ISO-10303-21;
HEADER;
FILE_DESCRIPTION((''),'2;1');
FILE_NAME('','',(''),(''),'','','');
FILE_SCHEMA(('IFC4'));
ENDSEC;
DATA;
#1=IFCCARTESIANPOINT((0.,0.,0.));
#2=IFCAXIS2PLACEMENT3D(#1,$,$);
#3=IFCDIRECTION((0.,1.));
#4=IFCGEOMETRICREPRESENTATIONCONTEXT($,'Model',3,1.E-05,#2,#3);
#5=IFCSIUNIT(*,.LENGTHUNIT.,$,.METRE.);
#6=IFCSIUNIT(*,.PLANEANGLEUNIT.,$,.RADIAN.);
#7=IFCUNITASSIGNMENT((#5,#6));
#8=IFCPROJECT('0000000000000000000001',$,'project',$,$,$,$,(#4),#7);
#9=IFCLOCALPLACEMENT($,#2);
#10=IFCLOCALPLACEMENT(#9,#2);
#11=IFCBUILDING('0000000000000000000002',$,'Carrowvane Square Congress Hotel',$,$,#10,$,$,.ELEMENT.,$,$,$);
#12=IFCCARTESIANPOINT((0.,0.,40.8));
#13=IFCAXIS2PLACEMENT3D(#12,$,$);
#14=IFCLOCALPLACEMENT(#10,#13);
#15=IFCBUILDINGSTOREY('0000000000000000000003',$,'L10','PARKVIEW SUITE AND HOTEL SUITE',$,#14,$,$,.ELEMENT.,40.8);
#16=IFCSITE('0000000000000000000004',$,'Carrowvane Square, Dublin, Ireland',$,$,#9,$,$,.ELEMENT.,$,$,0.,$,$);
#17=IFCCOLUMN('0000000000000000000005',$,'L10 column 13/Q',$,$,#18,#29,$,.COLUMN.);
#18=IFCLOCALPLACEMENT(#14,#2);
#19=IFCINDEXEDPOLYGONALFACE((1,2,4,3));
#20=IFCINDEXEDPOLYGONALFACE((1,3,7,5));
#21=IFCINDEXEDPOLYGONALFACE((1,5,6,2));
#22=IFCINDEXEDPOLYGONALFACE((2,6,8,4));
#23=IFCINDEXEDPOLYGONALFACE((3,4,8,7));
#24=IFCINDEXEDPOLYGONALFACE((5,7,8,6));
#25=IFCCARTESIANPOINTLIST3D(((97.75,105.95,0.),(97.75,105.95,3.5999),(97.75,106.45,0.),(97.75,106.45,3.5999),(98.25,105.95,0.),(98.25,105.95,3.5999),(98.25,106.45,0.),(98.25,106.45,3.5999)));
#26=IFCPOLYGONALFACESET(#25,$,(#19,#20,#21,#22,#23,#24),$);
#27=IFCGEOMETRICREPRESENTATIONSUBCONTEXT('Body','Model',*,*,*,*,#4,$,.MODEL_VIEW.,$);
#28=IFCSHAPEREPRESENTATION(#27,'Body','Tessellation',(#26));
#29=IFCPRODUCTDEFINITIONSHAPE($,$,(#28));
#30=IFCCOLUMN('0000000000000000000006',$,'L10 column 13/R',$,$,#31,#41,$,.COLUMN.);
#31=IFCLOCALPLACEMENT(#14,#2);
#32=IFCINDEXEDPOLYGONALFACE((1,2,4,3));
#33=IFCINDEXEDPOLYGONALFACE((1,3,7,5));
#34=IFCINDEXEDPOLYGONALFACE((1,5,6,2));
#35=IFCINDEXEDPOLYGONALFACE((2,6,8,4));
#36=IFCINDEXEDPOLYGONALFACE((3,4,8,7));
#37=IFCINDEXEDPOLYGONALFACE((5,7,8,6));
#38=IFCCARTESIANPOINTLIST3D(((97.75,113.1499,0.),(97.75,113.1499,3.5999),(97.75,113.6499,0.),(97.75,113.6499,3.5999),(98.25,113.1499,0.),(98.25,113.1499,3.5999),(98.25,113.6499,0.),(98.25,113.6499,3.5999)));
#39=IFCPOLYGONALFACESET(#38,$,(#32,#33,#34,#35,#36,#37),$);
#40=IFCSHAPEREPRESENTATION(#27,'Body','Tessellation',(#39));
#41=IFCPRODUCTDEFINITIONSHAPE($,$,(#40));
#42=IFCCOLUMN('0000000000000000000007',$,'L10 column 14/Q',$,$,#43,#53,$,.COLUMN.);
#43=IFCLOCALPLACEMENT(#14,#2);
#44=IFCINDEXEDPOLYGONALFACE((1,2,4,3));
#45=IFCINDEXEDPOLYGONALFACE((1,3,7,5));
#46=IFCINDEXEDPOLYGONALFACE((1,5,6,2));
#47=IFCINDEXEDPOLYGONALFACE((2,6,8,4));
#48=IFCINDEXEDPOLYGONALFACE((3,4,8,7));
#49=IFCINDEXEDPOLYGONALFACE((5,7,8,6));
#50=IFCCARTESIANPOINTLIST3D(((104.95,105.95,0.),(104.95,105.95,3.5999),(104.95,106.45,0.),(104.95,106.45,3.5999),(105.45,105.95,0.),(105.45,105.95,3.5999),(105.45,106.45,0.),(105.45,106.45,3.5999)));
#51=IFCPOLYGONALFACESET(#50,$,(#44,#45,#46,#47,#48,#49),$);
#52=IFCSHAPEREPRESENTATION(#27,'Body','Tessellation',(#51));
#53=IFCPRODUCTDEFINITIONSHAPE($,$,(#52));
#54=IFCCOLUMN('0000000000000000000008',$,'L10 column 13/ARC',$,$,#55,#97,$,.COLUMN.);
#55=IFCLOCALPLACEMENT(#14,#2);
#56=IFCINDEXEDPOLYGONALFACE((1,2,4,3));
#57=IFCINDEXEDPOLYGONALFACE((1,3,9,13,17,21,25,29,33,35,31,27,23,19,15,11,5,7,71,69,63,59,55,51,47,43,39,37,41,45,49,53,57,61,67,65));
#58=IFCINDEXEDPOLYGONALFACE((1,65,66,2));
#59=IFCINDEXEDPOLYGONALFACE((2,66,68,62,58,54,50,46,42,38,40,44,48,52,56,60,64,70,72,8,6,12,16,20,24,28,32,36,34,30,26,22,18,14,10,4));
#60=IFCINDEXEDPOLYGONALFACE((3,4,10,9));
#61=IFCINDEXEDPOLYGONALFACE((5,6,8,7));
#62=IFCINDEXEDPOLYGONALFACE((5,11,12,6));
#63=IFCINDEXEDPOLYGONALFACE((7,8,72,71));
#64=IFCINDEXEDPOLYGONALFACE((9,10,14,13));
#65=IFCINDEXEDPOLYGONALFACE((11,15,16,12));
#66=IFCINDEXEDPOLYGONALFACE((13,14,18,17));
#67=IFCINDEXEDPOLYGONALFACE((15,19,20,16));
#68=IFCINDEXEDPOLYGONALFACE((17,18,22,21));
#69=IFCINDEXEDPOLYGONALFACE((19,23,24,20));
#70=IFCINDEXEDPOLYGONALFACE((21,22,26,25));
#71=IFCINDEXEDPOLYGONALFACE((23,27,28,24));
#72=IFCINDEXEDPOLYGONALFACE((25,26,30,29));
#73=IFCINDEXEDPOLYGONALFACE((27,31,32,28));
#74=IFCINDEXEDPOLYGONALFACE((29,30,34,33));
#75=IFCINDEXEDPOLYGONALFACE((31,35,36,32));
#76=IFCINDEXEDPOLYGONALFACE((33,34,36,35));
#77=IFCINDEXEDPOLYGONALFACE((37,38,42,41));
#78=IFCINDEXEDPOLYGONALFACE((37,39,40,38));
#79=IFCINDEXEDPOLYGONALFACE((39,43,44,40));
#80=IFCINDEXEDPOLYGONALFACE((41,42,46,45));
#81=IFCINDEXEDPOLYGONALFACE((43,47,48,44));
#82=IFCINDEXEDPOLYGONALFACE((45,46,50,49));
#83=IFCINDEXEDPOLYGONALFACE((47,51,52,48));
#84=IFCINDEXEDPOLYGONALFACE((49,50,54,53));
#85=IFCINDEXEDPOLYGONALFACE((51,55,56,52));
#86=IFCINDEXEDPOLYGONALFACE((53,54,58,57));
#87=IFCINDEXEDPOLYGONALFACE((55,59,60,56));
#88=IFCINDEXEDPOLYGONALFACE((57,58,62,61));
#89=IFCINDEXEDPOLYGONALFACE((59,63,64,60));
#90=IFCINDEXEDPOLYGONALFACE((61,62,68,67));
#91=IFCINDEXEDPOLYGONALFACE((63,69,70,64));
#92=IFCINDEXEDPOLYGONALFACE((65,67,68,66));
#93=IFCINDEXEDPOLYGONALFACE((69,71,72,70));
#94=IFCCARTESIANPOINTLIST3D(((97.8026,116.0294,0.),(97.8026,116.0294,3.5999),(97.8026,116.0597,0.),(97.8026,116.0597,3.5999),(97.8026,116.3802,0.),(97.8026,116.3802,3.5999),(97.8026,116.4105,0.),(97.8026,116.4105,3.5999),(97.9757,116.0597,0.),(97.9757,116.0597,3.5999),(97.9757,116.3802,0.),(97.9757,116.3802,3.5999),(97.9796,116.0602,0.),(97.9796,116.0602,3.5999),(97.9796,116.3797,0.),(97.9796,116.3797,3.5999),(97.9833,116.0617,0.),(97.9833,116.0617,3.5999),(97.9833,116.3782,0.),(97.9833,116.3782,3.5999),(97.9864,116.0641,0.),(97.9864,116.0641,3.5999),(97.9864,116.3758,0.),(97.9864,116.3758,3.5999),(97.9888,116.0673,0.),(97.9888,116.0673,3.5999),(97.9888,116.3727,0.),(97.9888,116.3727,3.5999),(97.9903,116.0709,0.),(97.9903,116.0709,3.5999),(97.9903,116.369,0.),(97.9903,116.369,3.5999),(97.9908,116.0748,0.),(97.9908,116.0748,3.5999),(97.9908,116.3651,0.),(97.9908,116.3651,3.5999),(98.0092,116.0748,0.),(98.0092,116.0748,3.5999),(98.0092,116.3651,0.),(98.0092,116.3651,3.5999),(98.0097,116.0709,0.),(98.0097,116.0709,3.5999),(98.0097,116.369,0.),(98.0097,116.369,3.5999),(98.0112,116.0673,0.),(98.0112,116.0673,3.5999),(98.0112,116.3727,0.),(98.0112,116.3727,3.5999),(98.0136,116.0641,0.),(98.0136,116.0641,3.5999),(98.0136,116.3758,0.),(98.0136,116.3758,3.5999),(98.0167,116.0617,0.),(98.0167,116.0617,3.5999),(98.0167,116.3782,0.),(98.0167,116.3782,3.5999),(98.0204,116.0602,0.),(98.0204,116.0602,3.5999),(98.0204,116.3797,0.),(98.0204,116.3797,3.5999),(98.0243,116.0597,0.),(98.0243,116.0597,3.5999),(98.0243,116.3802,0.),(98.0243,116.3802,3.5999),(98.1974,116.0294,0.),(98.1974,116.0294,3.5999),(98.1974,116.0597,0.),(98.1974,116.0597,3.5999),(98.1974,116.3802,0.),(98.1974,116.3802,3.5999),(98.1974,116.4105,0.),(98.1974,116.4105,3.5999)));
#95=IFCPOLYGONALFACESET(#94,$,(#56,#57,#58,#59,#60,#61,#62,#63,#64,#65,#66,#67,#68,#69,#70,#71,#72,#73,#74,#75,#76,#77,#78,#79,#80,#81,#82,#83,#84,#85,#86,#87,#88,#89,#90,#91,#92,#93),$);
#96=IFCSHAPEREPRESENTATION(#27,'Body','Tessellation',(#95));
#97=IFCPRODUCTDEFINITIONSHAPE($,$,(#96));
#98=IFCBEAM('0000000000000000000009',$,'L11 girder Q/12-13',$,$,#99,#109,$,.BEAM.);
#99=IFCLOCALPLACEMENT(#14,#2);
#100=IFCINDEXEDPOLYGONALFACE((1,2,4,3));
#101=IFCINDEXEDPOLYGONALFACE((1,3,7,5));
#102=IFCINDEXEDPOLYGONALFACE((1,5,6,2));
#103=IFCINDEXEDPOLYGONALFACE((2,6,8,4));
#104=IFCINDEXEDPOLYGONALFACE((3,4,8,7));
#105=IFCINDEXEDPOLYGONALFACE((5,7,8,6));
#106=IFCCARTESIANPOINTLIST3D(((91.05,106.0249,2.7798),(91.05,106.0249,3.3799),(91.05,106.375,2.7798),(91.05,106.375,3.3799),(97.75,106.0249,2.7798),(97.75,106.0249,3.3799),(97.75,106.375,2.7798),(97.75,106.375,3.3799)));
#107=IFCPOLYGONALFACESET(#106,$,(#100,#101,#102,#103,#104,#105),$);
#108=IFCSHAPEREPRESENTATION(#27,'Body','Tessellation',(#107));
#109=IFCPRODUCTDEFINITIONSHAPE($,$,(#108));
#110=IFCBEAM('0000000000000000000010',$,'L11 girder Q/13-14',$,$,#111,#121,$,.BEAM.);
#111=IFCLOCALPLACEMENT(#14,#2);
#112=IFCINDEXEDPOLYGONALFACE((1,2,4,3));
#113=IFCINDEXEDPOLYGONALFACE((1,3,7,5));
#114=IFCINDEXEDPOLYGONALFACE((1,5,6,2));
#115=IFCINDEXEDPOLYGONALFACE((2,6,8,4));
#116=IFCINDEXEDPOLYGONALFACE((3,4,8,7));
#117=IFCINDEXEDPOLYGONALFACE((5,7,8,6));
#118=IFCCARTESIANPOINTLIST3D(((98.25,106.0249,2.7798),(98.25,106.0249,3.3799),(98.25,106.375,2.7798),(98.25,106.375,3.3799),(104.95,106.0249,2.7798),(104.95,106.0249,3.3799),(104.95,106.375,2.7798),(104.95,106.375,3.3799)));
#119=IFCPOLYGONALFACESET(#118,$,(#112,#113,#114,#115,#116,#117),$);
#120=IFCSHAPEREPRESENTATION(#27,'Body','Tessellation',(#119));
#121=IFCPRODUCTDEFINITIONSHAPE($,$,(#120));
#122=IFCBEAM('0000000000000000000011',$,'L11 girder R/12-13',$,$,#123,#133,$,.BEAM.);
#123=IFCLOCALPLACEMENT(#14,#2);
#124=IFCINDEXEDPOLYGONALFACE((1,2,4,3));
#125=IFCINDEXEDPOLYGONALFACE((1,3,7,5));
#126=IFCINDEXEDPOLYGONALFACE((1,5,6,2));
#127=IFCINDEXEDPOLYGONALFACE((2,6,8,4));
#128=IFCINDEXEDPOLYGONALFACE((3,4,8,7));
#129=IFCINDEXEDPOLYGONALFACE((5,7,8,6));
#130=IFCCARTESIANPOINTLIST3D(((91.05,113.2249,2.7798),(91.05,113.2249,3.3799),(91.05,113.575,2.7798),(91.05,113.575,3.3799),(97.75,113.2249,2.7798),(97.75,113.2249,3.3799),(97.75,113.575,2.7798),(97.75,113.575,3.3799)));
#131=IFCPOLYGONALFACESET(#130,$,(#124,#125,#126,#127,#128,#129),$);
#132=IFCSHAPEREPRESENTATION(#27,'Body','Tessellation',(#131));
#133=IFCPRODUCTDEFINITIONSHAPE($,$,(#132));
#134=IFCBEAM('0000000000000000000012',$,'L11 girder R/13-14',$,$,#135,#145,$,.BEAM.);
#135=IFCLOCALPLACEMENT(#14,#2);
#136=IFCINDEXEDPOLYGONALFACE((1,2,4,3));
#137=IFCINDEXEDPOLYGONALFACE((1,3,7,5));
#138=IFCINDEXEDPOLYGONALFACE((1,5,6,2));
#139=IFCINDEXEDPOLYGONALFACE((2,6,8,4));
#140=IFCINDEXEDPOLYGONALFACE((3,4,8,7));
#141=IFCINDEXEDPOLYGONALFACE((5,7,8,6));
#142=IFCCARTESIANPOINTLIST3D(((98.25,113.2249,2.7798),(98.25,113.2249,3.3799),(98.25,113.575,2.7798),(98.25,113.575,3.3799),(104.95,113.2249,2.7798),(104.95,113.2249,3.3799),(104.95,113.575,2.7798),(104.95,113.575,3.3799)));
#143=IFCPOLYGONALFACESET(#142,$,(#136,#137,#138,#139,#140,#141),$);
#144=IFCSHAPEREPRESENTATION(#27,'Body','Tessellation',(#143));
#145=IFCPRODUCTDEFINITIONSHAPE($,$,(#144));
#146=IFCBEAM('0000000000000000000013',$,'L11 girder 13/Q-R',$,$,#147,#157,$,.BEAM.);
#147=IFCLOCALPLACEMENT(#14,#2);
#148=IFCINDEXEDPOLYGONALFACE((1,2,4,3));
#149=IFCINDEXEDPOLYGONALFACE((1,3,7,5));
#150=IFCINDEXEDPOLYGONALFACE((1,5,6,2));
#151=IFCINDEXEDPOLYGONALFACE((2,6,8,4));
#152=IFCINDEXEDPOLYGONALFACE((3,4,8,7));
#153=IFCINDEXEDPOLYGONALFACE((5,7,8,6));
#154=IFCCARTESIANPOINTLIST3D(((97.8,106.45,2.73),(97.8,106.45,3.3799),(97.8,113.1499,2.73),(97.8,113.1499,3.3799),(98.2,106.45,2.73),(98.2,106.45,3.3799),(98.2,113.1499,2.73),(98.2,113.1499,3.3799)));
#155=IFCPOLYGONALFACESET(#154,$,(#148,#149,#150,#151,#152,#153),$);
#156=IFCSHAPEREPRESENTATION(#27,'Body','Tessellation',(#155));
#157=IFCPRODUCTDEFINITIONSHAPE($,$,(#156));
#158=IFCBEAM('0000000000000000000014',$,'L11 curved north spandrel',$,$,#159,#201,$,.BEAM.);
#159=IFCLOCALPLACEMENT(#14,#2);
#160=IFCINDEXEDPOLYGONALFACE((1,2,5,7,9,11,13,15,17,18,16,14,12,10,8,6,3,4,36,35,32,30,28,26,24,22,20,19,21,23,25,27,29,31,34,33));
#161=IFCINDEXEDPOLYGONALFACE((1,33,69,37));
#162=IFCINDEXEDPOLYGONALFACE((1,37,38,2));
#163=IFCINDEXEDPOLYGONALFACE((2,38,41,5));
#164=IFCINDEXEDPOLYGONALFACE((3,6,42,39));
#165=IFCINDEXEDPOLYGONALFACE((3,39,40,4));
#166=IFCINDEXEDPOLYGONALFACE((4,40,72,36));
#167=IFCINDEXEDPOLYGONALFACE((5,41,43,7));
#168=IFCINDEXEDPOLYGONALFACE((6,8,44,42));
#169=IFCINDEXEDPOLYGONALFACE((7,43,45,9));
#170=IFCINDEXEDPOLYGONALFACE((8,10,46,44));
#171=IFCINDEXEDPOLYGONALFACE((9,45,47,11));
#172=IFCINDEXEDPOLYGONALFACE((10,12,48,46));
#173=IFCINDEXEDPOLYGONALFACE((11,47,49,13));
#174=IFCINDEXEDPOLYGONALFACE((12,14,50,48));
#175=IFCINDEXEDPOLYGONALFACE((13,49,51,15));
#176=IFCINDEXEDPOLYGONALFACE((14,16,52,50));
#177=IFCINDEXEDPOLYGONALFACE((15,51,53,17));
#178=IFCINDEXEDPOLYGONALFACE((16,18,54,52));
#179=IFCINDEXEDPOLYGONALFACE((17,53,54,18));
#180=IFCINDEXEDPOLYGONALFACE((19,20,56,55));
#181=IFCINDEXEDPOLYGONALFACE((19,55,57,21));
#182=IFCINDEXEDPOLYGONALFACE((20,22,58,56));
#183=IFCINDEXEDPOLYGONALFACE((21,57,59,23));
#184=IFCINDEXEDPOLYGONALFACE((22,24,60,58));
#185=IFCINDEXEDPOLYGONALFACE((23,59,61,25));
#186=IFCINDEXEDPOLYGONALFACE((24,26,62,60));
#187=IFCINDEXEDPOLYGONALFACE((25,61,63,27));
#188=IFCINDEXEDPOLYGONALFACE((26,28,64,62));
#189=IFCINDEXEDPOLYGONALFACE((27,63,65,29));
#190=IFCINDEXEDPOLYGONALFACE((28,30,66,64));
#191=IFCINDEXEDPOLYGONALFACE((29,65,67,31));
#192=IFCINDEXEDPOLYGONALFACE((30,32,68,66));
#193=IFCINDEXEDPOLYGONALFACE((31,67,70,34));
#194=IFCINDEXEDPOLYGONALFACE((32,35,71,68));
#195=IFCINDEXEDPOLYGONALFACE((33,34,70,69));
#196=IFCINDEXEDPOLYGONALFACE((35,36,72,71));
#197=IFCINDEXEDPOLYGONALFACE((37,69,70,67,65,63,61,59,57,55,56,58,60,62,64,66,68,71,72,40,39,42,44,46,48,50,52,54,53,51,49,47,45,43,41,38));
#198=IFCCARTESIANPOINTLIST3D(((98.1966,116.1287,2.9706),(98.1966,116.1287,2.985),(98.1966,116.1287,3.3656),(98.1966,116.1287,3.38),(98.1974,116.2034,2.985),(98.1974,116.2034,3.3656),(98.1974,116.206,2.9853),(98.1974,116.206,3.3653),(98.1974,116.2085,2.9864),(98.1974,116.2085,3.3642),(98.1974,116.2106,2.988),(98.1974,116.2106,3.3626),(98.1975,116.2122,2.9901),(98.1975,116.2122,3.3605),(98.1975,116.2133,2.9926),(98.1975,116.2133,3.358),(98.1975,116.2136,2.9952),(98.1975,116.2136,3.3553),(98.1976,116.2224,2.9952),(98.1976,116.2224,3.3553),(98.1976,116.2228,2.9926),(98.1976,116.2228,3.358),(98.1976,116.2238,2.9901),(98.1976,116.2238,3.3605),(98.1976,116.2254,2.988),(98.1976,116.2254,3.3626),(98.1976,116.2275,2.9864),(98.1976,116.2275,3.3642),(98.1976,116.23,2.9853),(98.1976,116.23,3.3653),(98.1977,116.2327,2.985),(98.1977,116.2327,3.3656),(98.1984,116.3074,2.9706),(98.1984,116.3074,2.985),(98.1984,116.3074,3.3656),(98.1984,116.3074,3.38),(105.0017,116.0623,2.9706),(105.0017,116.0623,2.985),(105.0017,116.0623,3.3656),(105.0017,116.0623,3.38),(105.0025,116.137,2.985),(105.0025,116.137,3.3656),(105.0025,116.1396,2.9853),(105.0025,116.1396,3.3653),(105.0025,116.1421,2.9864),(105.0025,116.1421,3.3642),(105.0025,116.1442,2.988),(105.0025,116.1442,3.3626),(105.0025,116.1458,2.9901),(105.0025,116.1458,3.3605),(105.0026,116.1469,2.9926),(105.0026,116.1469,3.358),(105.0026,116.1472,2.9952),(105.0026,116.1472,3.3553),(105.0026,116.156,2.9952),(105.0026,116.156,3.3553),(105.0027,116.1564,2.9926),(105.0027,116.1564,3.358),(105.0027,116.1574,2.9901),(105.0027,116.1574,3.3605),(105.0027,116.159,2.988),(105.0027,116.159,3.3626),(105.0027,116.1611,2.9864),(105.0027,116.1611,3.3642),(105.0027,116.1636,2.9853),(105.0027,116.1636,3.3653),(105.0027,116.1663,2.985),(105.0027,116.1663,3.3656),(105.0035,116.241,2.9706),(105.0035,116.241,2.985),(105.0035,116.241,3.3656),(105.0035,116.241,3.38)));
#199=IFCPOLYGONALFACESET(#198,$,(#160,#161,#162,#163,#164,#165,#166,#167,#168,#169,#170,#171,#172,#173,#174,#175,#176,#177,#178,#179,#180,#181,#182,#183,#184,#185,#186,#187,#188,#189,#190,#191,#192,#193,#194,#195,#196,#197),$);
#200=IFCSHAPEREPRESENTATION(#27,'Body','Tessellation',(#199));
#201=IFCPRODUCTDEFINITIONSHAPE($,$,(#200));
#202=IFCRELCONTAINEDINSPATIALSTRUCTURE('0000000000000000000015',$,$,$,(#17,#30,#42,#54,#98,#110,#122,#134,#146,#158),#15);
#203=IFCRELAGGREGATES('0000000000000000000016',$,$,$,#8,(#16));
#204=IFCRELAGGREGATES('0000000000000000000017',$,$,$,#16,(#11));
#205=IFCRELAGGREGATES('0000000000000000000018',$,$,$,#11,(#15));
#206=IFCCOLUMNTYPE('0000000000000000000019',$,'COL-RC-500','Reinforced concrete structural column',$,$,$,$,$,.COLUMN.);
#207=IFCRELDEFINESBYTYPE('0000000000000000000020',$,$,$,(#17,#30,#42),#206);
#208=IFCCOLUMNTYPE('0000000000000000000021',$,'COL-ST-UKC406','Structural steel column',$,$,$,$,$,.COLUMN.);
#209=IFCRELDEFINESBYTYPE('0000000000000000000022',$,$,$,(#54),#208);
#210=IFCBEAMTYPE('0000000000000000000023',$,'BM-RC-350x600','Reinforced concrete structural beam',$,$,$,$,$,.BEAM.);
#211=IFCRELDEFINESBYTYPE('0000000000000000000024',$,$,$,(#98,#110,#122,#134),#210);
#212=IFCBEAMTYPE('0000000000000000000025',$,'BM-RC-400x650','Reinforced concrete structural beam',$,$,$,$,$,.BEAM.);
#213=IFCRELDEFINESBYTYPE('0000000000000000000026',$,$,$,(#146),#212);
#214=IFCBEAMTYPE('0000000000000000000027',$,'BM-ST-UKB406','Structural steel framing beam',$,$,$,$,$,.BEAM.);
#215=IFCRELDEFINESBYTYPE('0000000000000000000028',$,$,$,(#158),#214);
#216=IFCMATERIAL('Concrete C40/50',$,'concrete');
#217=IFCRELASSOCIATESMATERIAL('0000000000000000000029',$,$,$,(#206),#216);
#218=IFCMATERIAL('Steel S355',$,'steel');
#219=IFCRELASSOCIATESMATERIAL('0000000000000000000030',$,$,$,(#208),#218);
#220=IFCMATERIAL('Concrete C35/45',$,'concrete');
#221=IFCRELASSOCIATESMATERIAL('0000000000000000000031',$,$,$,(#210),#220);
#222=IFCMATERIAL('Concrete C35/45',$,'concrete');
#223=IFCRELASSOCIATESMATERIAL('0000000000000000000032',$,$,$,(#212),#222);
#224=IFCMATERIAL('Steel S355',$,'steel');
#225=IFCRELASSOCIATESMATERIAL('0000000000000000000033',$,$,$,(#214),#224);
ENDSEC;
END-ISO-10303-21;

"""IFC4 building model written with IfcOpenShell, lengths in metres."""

from ifc_helpers import new_model, si_unit, direction, frame, origin, origin_2d, place, context, subcontext, project, spatial, rectangle, i_section, extrude, material, material_profile, profile_set, type_object, element, save


model = new_model("IFC4")

# Units and contexts
model_context = context("Model", 3, precision=1e-05, world=origin(), true_north=direction((0.0, 1.0)))
body_context = subcontext(model_context, "Body", "Model", "MODEL_VIEW")
ifc_project = project(units=[si_unit("LENGTHUNIT", "METRE"), si_unit("PLANEANGLEUNIT", "RADIAN")], contexts=[model_context])

# Site, building, storey
site_placement = place(None, origin())
site = spatial("IfcSite", under=ifc_project, at=site_placement, Name="Carrowvane Square, Dublin, Ireland", CompositionType="ELEMENT", RefElevation=0.0)
building_placement = place(site_placement, origin())
building = spatial("IfcBuilding", under=site, at=building_placement, Name="Carrowvane Square Congress Hotel", CompositionType="ELEMENT")
storey_placement = place(building_placement, frame((0.0, 0.0, 40.8)))
storey = spatial("IfcBuildingStorey", under=building, at=storey_placement, Name="L10", Description="PARKVIEW SUITE AND HOTEL SUITE", CompositionType="ELEMENT", Elevation=40.8)

# Columns
ifc_material_1 = material(Name="Concrete C40/50", Category="concrete")
ifc_material_profile_1 = material_profile(ifc_material_1, rectangle(XDim=0.5, YDim=0.5, at=origin_2d()), Name="RC 500x500")
ifc_profile_set_1 = profile_set([ifc_material_profile_1], Name="Concrete C40/50")
column_type_1 = type_object("IfcColumnType", Name="COL-RC-500", Description="Reinforced concrete structural column", PredefinedType="COLUMN", material=ifc_profile_set_1)
for number, where, z_axis, x_axis, name in (
    (1, (98.0, 106.2, 0.0), (0.0, 0.0, 1.0), (1.0, 0.0, 0.0), "L10 column 13/Q"),
    (2, (98.0, 113.3999, 0.0), (0.0, 0.0, 1.0), (1.0, 0.0, 0.0), "L10 column 13/R"),
    (3, (105.2, 106.2, 0.0), (0.0, 0.0, 1.0), (1.0, 0.0, 0.0), "L10 column 14/Q"),
):
    element("IfcColumn", number, at=place(storey_placement, frame(where, z_axis=z_axis, x_axis=x_axis)), inside=storey, type_object=column_type_1, Name=name, PredefinedType="COLUMN", context=body_context, shape_type="SweptSolid", body=[
        extrude(rectangle(XDim=0.5, YDim=0.5, at=origin_2d()), origin(), (0.0, 0.0, 1.0), 3.5999),
    ])
ifc_material_2 = material(Name="Steel S355", Category="steel")
ifc_material_profile_2 = material_profile(ifc_material_2, i_section(OverallWidth=0.3948, OverallDepth=0.3811, WebThickness=0.0183, FlangeThickness=0.0303, FilletRadius=0.0151, at=origin_2d()), Name="UKC 356x406x235")
ifc_profile_set_2 = profile_set([ifc_material_profile_2], Name="Steel S355")
column_type_2 = type_object("IfcColumnType", Name="COL-ST-UKC406", Description="Structural steel column", PredefinedType="COLUMN", material=ifc_profile_set_2)
column_placement = place(storey_placement, frame((98.0, 116.22, 0.0), z_axis=(0.0, 0.0, 1.0), x_axis=(1.0, 0.0, 0.0)))
element("IfcColumn", 4, at=column_placement, inside=storey, type_object=column_type_2, Name="L10 column 13/ARC", PredefinedType="COLUMN", context=body_context, shape_type="SweptSolid", body=[
    extrude(i_section(OverallWidth=0.3948, OverallDepth=0.3811, WebThickness=0.0183, FlangeThickness=0.0303, FilletRadius=0.0151, at=origin_2d()), origin(), (0.0, 0.0, 1.0), 3.5999),
])

# Beams
ifc_material_3 = material(Name="Concrete C35/45", Category="concrete")
ifc_material_profile_3 = material_profile(ifc_material_3, rectangle(XDim=0.3501, YDim=0.6001, at=origin_2d()), Name="RC 350x600")
ifc_profile_set_3 = profile_set([ifc_material_profile_3], Name="Concrete C35/45")
beam_type_1 = type_object("IfcBeamType", Name="BM-RC-350x600", Description="Reinforced concrete structural beam", PredefinedType="BEAM", material=ifc_profile_set_3)
for number, where, z_axis, x_axis, name in (
    (5, (91.05, 106.2, 3.0798), (1.0, 0.0, 0.0), (0.0, 1.0, 0.0), "L11 girder Q/12-13"),
    (6, (98.25, 106.2, 3.0798), (1.0, 0.0, 0.0), (0.0, 1.0, 0.0), "L11 girder Q/13-14"),
    (7, (91.05, 113.3999, 3.0798), (1.0, 0.0, 0.0), (0.0, 1.0, 0.0), "L11 girder R/12-13"),
    (8, (98.25, 113.3999, 3.0798), (1.0, 0.0, 0.0), (0.0, 1.0, 0.0), "L11 girder R/13-14"),
):
    element("IfcBeam", number, at=place(storey_placement, frame(where, z_axis=z_axis, x_axis=x_axis)), inside=storey, type_object=beam_type_1, Name=name, PredefinedType="BEAM", context=body_context, shape_type="SweptSolid", body=[
        extrude(rectangle(XDim=0.3501, YDim=0.6001, at=origin_2d()), origin(), (0.0, 0.0, 1.0), 6.7),
    ])
ifc_material_4 = material(Name="Concrete C35/45", Category="concrete")
ifc_material_profile_4 = material_profile(ifc_material_4, rectangle(XDim=0.3999, YDim=0.6499, at=origin_2d()), Name="RC 400x650")
ifc_profile_set_4 = profile_set([ifc_material_profile_4], Name="Concrete C35/45")
beam_type_2 = type_object("IfcBeamType", Name="BM-RC-400x650", Description="Reinforced concrete structural beam", PredefinedType="BEAM", material=ifc_profile_set_4)
beam_1_placement = place(storey_placement, frame((98.0, 106.45, 3.0549), z_axis=(0.0, 1.0, 0.0), x_axis=(-1.0, 0.0, 0.0)))
element("IfcBeam", 9, at=beam_1_placement, inside=storey, type_object=beam_type_2, Name="L11 girder 13/Q-R", PredefinedType="BEAM", context=body_context, shape_type="SweptSolid", body=[
    extrude(rectangle(XDim=0.3999, YDim=0.6499, at=origin_2d()), origin(), (0.0, 0.0, 1.0), 6.7),
])
ifc_material_5 = material(Name="Steel S355", Category="steel")
ifc_material_profile_5 = material_profile(ifc_material_5, i_section(OverallWidth=0.1787, OverallDepth=0.4094, WebThickness=0.0088, FlangeThickness=0.0144, FilletRadius=0.0103, at=origin_2d()), Name="UKB 406x178x67")
ifc_profile_set_5 = profile_set([ifc_material_profile_5], Name="Steel S355")
beam_type_3 = type_object("IfcBeamType", Name="BM-ST-UKB406", Description="Structural steel framing beam", PredefinedType="BEAM", material=ifc_profile_set_5)
beam_2_placement = place(storey_placement, frame((98.1975, 116.218, 3.1753), z_axis=(0.999952, -0.009758, 0.0), x_axis=(0.009758, 0.999952, 0.0)))
element("IfcBeam", 10, at=beam_2_placement, inside=storey, type_object=beam_type_3, Name="L11 curved north spandrel", PredefinedType="BEAM", context=body_context, shape_type="SweptSolid", body=[
    extrude(i_section(OverallWidth=0.1787, OverallDepth=0.4094, WebThickness=0.0088, FlangeThickness=0.0144, FilletRadius=0.0103, at=origin_2d()), origin(), (0.0, 0.0, 1.0), 6.8054),
])

save(model, "model.ifc")
